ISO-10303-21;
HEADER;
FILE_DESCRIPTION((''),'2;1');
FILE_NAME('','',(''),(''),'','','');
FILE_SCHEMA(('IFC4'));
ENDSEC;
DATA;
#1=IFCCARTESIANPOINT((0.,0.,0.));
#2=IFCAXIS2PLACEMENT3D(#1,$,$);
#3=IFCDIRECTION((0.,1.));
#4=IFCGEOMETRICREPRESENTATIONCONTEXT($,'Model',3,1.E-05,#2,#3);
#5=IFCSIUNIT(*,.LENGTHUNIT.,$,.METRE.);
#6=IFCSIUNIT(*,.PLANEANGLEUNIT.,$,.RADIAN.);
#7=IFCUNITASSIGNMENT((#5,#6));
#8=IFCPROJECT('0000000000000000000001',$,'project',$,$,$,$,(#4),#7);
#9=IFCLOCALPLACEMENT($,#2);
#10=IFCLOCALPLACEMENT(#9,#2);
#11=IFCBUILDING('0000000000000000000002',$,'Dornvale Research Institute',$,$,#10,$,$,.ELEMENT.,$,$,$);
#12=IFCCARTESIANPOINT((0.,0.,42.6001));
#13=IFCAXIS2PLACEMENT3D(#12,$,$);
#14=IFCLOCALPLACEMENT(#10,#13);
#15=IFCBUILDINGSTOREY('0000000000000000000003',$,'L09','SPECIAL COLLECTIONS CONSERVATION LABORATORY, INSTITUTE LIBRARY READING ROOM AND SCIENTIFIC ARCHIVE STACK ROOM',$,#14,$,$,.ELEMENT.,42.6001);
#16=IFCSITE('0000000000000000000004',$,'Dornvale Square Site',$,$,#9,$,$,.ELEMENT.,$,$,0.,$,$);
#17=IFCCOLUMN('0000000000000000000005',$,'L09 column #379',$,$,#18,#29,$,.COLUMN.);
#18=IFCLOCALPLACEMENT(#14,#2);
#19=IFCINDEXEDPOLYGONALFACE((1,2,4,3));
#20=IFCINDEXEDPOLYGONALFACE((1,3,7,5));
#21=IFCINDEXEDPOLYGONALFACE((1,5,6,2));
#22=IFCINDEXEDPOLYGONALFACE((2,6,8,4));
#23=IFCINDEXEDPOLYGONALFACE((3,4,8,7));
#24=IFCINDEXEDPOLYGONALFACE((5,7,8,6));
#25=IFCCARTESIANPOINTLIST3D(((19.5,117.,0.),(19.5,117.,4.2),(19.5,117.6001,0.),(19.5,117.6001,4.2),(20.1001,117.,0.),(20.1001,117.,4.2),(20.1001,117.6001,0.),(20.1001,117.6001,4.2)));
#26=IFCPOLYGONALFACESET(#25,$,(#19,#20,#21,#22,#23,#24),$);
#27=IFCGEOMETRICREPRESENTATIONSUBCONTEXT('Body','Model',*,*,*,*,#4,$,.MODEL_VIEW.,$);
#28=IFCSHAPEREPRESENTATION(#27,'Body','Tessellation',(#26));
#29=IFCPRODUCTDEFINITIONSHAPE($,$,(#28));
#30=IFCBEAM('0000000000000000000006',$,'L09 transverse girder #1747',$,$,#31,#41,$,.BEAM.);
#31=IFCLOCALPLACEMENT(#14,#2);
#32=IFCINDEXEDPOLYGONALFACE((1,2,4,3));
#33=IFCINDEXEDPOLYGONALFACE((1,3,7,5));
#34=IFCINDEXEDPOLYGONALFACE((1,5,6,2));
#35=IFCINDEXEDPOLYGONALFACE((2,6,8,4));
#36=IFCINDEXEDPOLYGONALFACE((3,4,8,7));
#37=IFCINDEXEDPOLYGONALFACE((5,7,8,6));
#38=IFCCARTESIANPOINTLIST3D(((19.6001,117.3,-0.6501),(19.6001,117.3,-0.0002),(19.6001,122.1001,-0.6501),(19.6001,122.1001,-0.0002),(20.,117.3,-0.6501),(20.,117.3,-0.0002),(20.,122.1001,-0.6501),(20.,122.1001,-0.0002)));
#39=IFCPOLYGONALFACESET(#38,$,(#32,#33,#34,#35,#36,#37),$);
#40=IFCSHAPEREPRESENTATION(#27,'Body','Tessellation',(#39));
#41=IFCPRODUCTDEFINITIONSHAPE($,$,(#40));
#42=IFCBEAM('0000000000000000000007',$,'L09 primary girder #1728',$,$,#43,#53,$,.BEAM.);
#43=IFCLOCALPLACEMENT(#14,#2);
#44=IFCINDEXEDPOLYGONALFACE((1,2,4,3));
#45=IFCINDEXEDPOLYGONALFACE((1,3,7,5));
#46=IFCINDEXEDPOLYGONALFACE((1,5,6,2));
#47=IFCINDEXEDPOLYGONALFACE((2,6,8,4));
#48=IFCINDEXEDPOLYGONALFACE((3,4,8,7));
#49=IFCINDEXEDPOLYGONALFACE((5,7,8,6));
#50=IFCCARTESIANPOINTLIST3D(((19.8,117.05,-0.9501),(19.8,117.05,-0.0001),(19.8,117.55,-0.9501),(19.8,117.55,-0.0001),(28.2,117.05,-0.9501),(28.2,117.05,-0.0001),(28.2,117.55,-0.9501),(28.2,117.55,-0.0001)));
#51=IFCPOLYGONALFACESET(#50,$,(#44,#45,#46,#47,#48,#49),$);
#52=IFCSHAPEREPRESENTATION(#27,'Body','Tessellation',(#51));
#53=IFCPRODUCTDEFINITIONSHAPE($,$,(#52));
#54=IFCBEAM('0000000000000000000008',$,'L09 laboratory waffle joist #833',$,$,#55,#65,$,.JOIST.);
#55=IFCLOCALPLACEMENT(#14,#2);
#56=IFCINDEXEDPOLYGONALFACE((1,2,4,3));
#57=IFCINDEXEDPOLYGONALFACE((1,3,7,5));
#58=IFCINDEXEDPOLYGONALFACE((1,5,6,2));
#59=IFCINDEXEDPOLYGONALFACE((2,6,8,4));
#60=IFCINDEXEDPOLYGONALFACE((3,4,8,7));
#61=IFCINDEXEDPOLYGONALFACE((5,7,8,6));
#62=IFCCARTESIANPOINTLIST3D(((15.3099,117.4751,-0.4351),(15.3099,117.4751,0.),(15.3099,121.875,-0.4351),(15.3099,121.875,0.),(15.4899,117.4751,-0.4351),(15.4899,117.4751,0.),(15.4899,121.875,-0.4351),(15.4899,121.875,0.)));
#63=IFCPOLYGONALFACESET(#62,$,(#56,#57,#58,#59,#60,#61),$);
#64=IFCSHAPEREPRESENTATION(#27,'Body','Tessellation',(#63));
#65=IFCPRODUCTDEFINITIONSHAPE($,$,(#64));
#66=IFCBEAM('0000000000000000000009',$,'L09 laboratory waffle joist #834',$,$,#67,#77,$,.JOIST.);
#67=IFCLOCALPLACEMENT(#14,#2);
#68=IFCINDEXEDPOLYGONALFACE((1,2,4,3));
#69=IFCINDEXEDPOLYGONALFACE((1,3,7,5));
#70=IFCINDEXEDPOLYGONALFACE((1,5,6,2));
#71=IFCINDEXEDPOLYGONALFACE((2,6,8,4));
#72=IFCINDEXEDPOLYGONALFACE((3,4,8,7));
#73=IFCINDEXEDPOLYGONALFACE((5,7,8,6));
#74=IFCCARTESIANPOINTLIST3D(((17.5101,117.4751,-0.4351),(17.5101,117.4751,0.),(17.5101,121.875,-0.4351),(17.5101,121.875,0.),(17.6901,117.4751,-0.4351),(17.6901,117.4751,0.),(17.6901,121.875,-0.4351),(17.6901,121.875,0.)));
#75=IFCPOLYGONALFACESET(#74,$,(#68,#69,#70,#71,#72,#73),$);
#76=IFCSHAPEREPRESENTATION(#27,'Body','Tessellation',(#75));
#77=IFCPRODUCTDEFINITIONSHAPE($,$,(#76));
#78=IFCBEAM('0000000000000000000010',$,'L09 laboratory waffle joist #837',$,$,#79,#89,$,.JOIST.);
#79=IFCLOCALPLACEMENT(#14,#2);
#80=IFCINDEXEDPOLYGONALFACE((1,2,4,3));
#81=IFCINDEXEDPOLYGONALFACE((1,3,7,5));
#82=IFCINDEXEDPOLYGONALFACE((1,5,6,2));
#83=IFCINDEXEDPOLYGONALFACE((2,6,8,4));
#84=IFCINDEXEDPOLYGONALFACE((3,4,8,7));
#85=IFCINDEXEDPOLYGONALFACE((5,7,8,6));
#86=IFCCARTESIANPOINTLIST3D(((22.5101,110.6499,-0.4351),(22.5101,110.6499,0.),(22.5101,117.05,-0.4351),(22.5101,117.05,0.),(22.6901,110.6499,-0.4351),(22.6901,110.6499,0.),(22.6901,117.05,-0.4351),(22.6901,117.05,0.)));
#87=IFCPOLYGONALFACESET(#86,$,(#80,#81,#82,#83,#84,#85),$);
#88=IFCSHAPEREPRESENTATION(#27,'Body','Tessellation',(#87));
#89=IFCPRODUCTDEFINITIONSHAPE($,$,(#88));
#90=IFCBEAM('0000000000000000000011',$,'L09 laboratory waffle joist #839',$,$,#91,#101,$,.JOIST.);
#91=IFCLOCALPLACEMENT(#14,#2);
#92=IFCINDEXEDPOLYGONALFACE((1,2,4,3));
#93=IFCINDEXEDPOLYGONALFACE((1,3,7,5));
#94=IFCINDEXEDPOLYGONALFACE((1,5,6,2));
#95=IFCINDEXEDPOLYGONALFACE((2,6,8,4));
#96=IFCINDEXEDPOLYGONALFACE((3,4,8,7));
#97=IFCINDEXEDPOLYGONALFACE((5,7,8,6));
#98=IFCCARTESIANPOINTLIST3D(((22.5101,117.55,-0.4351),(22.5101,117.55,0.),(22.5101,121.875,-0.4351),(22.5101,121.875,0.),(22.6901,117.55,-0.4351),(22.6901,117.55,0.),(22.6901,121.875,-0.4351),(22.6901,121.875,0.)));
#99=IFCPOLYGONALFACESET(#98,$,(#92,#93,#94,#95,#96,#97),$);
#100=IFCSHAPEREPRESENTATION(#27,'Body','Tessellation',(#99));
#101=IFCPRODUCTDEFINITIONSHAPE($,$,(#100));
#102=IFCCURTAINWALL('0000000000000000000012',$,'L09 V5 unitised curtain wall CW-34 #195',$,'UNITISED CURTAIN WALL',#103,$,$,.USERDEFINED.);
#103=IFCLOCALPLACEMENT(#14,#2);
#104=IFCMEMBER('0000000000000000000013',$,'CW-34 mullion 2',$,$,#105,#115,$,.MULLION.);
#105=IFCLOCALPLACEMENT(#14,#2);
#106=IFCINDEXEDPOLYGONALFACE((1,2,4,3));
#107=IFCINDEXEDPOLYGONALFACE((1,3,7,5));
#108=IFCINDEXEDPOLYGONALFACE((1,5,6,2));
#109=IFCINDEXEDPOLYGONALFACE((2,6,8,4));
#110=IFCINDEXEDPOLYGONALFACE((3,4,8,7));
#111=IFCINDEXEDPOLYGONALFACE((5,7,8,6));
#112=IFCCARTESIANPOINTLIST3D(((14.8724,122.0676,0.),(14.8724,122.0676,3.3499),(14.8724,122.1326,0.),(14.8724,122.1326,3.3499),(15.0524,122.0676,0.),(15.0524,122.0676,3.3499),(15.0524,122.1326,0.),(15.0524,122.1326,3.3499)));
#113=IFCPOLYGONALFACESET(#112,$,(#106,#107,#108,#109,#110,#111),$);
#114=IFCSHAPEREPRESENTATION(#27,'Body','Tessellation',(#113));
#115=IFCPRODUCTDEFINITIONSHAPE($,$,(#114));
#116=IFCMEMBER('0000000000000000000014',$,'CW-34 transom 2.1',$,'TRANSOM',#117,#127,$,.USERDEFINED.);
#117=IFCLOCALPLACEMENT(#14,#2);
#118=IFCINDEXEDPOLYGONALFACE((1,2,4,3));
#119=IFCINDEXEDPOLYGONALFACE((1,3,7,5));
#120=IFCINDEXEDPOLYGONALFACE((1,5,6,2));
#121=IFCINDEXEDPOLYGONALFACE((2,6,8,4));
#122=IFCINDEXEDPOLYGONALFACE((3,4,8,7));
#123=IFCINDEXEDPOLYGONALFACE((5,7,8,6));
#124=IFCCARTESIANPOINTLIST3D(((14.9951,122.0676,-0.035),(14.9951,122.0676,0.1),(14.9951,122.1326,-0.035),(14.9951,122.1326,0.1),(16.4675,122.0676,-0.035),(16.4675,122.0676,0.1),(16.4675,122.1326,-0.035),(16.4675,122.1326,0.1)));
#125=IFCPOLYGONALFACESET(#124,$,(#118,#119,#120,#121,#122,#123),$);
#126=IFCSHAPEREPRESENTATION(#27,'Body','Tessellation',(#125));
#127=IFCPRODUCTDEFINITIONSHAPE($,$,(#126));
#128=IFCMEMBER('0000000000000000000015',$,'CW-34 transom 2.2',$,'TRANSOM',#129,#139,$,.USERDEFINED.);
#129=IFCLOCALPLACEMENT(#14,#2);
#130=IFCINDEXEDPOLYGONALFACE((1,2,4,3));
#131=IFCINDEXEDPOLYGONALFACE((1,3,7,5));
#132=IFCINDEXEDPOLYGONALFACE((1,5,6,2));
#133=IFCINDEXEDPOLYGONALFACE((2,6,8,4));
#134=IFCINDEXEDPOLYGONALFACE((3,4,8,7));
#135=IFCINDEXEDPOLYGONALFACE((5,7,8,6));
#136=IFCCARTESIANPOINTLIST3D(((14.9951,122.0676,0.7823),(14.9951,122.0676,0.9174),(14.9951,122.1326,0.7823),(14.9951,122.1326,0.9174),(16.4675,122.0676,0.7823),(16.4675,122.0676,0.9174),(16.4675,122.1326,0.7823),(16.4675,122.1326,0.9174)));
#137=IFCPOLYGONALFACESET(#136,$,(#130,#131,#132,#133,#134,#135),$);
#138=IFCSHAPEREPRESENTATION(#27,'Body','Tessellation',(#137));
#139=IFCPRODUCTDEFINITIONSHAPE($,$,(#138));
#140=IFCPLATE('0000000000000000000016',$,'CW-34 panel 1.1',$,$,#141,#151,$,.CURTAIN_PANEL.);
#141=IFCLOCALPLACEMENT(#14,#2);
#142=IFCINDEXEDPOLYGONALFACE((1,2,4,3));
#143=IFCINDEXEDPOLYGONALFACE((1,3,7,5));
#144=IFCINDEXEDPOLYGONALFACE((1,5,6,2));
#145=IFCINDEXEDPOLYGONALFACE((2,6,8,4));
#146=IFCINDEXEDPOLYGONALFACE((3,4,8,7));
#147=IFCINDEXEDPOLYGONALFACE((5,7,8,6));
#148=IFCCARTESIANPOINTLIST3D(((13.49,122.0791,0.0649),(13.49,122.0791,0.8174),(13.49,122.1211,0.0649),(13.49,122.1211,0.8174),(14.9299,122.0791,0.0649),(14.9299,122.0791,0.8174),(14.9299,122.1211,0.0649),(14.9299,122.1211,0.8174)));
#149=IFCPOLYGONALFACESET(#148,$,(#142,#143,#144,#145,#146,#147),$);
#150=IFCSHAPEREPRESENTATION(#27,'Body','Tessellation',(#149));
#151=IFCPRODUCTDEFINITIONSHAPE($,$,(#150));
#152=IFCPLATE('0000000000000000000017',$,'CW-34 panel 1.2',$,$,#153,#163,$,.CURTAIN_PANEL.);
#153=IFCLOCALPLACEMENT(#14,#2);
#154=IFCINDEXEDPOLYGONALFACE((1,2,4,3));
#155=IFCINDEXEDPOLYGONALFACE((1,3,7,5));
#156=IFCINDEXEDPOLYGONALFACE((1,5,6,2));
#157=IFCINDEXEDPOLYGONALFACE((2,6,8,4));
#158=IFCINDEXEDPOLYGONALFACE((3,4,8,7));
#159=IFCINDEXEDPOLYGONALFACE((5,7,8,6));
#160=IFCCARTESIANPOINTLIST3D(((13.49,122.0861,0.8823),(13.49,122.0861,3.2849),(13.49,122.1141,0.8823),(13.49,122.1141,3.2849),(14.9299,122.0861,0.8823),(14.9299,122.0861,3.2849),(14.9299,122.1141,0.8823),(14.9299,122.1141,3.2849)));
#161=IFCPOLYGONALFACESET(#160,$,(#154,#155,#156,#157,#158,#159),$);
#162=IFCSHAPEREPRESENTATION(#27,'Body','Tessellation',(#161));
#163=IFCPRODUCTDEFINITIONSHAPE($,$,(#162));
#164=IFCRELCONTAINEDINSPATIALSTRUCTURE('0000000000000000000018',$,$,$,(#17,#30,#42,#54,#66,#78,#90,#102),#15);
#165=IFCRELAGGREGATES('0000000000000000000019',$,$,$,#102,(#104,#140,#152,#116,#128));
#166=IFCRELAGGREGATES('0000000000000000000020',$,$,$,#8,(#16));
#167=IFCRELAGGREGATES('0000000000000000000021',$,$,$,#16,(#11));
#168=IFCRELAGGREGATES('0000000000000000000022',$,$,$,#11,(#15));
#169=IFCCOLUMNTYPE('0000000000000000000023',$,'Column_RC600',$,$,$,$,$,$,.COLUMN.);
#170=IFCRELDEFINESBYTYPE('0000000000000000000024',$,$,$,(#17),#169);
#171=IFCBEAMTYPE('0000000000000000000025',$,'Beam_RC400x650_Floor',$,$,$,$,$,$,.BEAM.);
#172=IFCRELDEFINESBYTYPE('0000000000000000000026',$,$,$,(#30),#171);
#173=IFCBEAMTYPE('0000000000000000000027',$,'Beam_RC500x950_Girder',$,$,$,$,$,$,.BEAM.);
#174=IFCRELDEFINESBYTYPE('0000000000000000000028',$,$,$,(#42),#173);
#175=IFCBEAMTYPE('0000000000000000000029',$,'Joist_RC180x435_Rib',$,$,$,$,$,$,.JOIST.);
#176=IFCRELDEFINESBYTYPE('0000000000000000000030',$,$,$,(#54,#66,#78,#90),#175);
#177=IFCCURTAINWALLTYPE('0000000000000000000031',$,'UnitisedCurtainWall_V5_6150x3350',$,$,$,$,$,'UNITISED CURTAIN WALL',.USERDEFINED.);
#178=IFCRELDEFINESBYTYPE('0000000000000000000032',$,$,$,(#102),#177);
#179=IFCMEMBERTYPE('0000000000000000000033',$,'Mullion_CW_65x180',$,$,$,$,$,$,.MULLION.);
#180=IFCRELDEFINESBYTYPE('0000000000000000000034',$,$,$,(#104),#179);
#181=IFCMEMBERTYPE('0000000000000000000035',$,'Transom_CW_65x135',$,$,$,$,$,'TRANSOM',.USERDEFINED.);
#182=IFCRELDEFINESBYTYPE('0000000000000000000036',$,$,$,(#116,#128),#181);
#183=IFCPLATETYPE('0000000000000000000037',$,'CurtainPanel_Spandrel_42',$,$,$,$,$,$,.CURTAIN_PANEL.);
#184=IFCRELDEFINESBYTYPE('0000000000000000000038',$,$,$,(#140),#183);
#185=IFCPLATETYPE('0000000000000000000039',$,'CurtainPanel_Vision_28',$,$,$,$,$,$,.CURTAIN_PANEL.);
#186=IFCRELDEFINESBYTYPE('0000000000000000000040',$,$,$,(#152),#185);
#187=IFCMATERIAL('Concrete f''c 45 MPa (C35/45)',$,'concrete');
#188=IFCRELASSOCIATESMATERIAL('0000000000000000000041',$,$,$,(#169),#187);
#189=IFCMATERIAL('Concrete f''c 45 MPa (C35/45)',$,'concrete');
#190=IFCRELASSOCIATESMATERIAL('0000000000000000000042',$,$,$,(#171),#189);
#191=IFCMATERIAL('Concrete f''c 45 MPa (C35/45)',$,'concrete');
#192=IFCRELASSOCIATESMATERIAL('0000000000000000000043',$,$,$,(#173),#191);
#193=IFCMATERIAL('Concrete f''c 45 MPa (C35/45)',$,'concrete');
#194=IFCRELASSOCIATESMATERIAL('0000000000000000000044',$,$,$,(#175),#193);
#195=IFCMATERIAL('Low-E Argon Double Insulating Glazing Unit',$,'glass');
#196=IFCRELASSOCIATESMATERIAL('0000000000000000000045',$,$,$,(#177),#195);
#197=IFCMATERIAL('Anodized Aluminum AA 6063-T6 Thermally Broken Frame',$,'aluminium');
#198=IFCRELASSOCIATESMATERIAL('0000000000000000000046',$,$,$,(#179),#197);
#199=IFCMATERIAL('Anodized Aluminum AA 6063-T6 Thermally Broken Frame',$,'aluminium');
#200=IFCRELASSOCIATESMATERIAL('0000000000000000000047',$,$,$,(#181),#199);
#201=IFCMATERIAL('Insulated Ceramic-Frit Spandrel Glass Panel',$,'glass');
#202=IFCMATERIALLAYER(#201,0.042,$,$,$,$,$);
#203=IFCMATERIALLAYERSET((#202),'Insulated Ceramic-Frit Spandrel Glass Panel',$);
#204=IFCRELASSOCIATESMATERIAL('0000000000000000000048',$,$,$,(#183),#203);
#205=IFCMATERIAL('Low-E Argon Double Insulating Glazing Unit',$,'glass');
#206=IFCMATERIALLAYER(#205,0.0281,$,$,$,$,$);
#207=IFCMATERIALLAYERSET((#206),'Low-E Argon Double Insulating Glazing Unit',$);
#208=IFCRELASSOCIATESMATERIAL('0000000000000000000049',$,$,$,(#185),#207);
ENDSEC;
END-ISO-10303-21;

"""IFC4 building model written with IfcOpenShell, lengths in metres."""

from ifc_helpers import new_model, si_unit, direction, frame, origin, origin_2d, place, context, subcontext, project, spatial, rectangle, extrude, material, layer, layer_set, material_profile, profile_set, type_object, element, aggregate, save


model = new_model("IFC4")

# Units and contexts
model_context = context("Model", 3, precision=1e-05, world=origin(), true_north=direction((0.0, 1.0)))
body_context = subcontext(model_context, "Body", "Model", "MODEL_VIEW")
ifc_project = project(units=[si_unit("LENGTHUNIT", "METRE"), si_unit("PLANEANGLEUNIT", "RADIAN")], contexts=[model_context])

# Site, building, storey
site_placement = place(None, origin())
site = spatial("IfcSite", under=ifc_project, at=site_placement, Name="Dornvale Square Site", CompositionType="ELEMENT", RefElevation=0.0)
building_placement = place(site_placement, origin())
building = spatial("IfcBuilding", under=site, at=building_placement, Name="Dornvale Research Institute", CompositionType="ELEMENT")
storey_placement = place(building_placement, frame((0.0, 0.0, 42.6001)))
storey = spatial("IfcBuildingStorey", under=building, at=storey_placement, Name="L09", Description="SPECIAL COLLECTIONS CONSERVATION LABORATORY, INSTITUTE LIBRARY READING ROOM AND SCIENTIFIC ARCHIVE STACK ROOM", CompositionType="ELEMENT", Elevation=42.6001)

# Column
ifc_material_1 = material(Name="Concrete f'c 45 MPa (C35/45)", Category="concrete")
ifc_material_profile_1 = material_profile(ifc_material_1, rectangle(XDim=0.6001, YDim=0.6001, at=origin_2d()), Name="RC 600x600")
ifc_profile_set_1 = profile_set([ifc_material_profile_1], Name="Concrete f'c 45 MPa (C35/45)")
column_type = type_object("IfcColumnType", Name="Column_RC600", PredefinedType="COLUMN", material=ifc_profile_set_1)
column_placement = place(storey_placement, frame((19.8, 117.3, 0.0), z_axis=(0.0, 0.0, 1.0), x_axis=(1.0, 0.0, 0.0)))
element("IfcColumn", 1, at=column_placement, inside=storey, type_object=column_type, Name="L09 column #379", PredefinedType="COLUMN", context=body_context, shape_type="SweptSolid", body=[
    extrude(rectangle(XDim=0.6001, YDim=0.6001, at=origin_2d()), origin(), (0.0, 0.0, 1.0), 4.2),
])

# Beams
ifc_material_2 = material(Name="Concrete f'c 45 MPa (C35/45)", Category="concrete")
ifc_material_profile_2 = material_profile(ifc_material_2, rectangle(XDim=0.3999, YDim=0.6499, at=origin_2d()), Name="RC 400x650")
ifc_profile_set_2 = profile_set([ifc_material_profile_2], Name="Concrete f'c 45 MPa (C35/45)")
beam_type_1 = type_object("IfcBeamType", Name="Beam_RC400x650_Floor", PredefinedType="BEAM", material=ifc_profile_set_2)
beam_1_placement = place(storey_placement, frame((19.8, 117.3, -0.3252), z_axis=(0.0, 1.0, 0.0), x_axis=(-1.0, 0.0, 0.0)))
element("IfcBeam", 2, at=beam_1_placement, inside=storey, type_object=beam_type_1, Name="L09 transverse girder #1747", PredefinedType="BEAM", context=body_context, shape_type="SweptSolid", body=[
    extrude(rectangle(XDim=0.3999, YDim=0.6499, at=origin_2d()), origin(), (0.0, 0.0, 1.0), 4.8),
])
ifc_material_3 = material(Name="Concrete f'c 45 MPa (C35/45)", Category="concrete")
ifc_material_profile_3 = material_profile(ifc_material_3, rectangle(XDim=0.5, YDim=0.95, at=origin_2d()), Name="RC 500x950")
ifc_profile_set_3 = profile_set([ifc_material_profile_3], Name="Concrete f'c 45 MPa (C35/45)")
beam_type_2 = type_object("IfcBeamType", Name="Beam_RC500x950_Girder", PredefinedType="BEAM", material=ifc_profile_set_3)
beam_2_placement = place(storey_placement, frame((19.8, 117.3, -0.4751), z_axis=(1.0, 0.0, 0.0), x_axis=(0.0, 1.0, 0.0)))
element("IfcBeam", 3, at=beam_2_placement, inside=storey, type_object=beam_type_2, Name="L09 primary girder #1728", PredefinedType="BEAM", context=body_context, shape_type="SweptSolid", body=[
    extrude(rectangle(XDim=0.5, YDim=0.95, at=origin_2d()), origin(), (0.0, 0.0, 1.0), 8.3999),
])
ifc_material_4 = material(Name="Concrete f'c 45 MPa (C35/45)", Category="concrete")
ifc_material_profile_4 = material_profile(ifc_material_4, rectangle(XDim=0.1799, YDim=0.4351, at=origin_2d()), Name="RC 180x435")
ifc_profile_set_4 = profile_set([ifc_material_profile_4], Name="Concrete f'c 45 MPa (C35/45)")
beam_type_3 = type_object("IfcBeamType", Name="Joist_RC180x435_Rib", PredefinedType="JOIST", material=ifc_profile_set_4)
for number, where, z_axis, x_axis, name in (
    (4, (15.3999, 117.4751, -0.2175), (0.0, 1.0, 0.0), (-1.0, 0.0, 0.0), "L09 laboratory waffle joist #833"),
    (5, (17.6001, 117.4751, -0.2175), (0.0, 1.0, 0.0), (-1.0, 0.0, 0.0), "L09 laboratory waffle joist #834"),
):
    element("IfcBeam", number, at=place(storey_placement, frame(where, z_axis=z_axis, x_axis=x_axis)), inside=storey, type_object=beam_type_3, Name=name, PredefinedType="JOIST", context=body_context, shape_type="SweptSolid", body=[
        extrude(rectangle(XDim=0.1799, YDim=0.4351, at=origin_2d()), origin(), (0.0, 0.0, 1.0), 4.3999),
    ])
beam_3_placement = place(storey_placement, frame((22.6001, 110.6499, -0.2175), z_axis=(0.0, 1.0, 0.0), x_axis=(-1.0, 0.0, 0.0)))
element("IfcBeam", 6, at=beam_3_placement, inside=storey, type_object=beam_type_3, Name="L09 laboratory waffle joist #837", PredefinedType="JOIST", context=body_context, shape_type="SweptSolid", body=[
    extrude(rectangle(XDim=0.1799, YDim=0.4351, at=origin_2d()), origin(), (0.0, 0.0, 1.0), 6.4001),
])
beam_4_placement = place(storey_placement, frame((22.6001, 117.55, -0.2175), z_axis=(0.0, 1.0, 0.0), x_axis=(-1.0, 0.0, 0.0)))
element("IfcBeam", 7, at=beam_4_placement, inside=storey, type_object=beam_type_3, Name="L09 laboratory waffle joist #839", PredefinedType="JOIST", context=body_context, shape_type="SweptSolid", body=[
    extrude(rectangle(XDim=0.1799, YDim=0.4351, at=origin_2d()), origin(), (0.0, 0.0, 1.0), 4.325),
])

# Curtain wall, members, plates
ifc_material_5 = material(Name="Low-E Argon Double Insulating Glazing Unit", Category="glass")
curtain_wall_type = type_object("IfcCurtainWallType", Name="UnitisedCurtainWall_V5_6150x3350", ElementType="UNITISED CURTAIN WALL", PredefinedType="USERDEFINED", material=ifc_material_5)
curtain_wall_placement = place(storey_placement, origin())
curtain_wall = element("IfcCurtainWall", 8, at=curtain_wall_placement, inside=storey, type_object=curtain_wall_type, Name="L09 V5 unitised curtain wall CW-34 #195", ObjectType="UNITISED CURTAIN WALL", PredefinedType="USERDEFINED")
ifc_material_6 = material(Name="Anodized Aluminum AA 6063-T6 Thermally Broken Frame", Category="aluminium")
ifc_material_profile_5 = material_profile(ifc_material_6, rectangle(XDim=0.0649, YDim=0.1799, at=origin_2d()), Name="ALU MULLION 65x180")
ifc_profile_set_5 = profile_set([ifc_material_profile_5], Name="Anodized Aluminum AA 6063-T6 Thermally Broken Frame")
member_type_1 = type_object("IfcMemberType", Name="Mullion_CW_65x180", PredefinedType="MULLION", material=ifc_profile_set_5)
member_1_placement = place(storey_placement, frame((14.9624, 122.1001, 0.0), z_axis=(0.0, 0.0, 1.0), x_axis=(0.0, 1.0, 0.0)))
member_1 = element("IfcMember", 9, at=member_1_placement, type_object=member_type_1, Name="CW-34 mullion 2", PredefinedType="MULLION", context=body_context, shape_type="SweptSolid", body=[
    extrude(rectangle(XDim=0.0649, YDim=0.1799, at=origin_2d()), origin(), (0.0, 0.0, 1.0), 3.3499),
])
ifc_material_7 = material(Name="Anodized Aluminum AA 6063-T6 Thermally Broken Frame", Category="aluminium")
ifc_material_profile_6 = material_profile(ifc_material_7, rectangle(XDim=0.0649, YDim=0.135, at=origin_2d()), Name="ALU TRANSOM 65x135")
ifc_profile_set_6 = profile_set([ifc_material_profile_6], Name="Anodized Aluminum AA 6063-T6 Thermally Broken Frame")
member_type_2 = type_object("IfcMemberType", Name="Transom_CW_65x135", ElementType="TRANSOM", PredefinedType="USERDEFINED", material=ifc_profile_set_6)
member_2_placement = place(storey_placement, frame((14.9951, 122.1001, 0.0325), z_axis=(1.0, 0.0, 0.0), x_axis=(0.0, 1.0, 0.0)))
member_2 = element("IfcMember", 10, at=member_2_placement, type_object=member_type_2, Name="CW-34 transom 2.1", ObjectType="TRANSOM", PredefinedType="USERDEFINED", context=body_context, shape_type="SweptSolid", body=[
    extrude(rectangle(XDim=0.0649, YDim=0.135, at=origin_2d()), origin(), (0.0, 0.0, 1.0), 1.4724),
])
member_3_placement = place(storey_placement, frame((14.9951, 122.1001, 0.8499), z_axis=(1.0, 0.0, 0.0), x_axis=(0.0, 1.0, 0.0)))
member_3 = element("IfcMember", 11, at=member_3_placement, type_object=member_type_2, Name="CW-34 transom 2.2", ObjectType="TRANSOM", PredefinedType="USERDEFINED", context=body_context, shape_type="SweptSolid", body=[
    extrude(rectangle(XDim=0.0649, YDim=0.135, at=origin_2d()), origin(), (0.0, 0.0, 1.0), 1.4724),
])
ifc_material_8 = material(Name="Insulated Ceramic-Frit Spandrel Glass Panel", Category="glass")
ifc_layer_1 = layer(ifc_material_8, 0.042)
ifc_layer_set_1 = layer_set([ifc_layer_1], Name="Insulated Ceramic-Frit Spandrel Glass Panel")
plate_type_1 = type_object("IfcPlateType", Name="CurtainPanel_Spandrel_42", PredefinedType="CURTAIN_PANEL", material=ifc_layer_set_1)
plate_1_placement = place(storey_placement, frame((14.21, 122.1001, 0.0649), z_axis=(0.0, 0.0, 1.0), x_axis=(1.0, 0.0, 0.0)))
plate_1 = element("IfcPlate", 12, at=plate_1_placement, type_object=plate_type_1, Name="CW-34 panel 1.1", PredefinedType="CURTAIN_PANEL", context=body_context, shape_type="SweptSolid", body=[
    extrude(rectangle(XDim=1.4399, YDim=0.042, at=origin_2d()), origin(), (0.0, 0.0, 1.0), 0.7524),
])
ifc_material_9 = material(Name="Low-E Argon Double Insulating Glazing Unit", Category="glass")
ifc_layer_2 = layer(ifc_material_9, 0.0281)
ifc_layer_set_2 = layer_set([ifc_layer_2], Name="Low-E Argon Double Insulating Glazing Unit")
plate_type_2 = type_object("IfcPlateType", Name="CurtainPanel_Vision_28", PredefinedType="CURTAIN_PANEL", material=ifc_layer_set_2)
plate_2_placement = place(storey_placement, frame((14.21, 122.1001, 0.8823), z_axis=(0.0, 0.0, 1.0), x_axis=(1.0, 0.0, 0.0)))
plate_2 = element("IfcPlate", 13, at=plate_2_placement, type_object=plate_type_2, Name="CW-34 panel 1.2", PredefinedType="CURTAIN_PANEL", context=body_context, shape_type="SweptSolid", body=[
    extrude(rectangle(XDim=1.4399, YDim=0.0281, at=origin_2d()), origin(), (0.0, 0.0, 1.0), 2.4026),
])
aggregate(curtain_wall, [member_1, plate_1, plate_2, member_2, member_3])

save(model, "model.ifc")
